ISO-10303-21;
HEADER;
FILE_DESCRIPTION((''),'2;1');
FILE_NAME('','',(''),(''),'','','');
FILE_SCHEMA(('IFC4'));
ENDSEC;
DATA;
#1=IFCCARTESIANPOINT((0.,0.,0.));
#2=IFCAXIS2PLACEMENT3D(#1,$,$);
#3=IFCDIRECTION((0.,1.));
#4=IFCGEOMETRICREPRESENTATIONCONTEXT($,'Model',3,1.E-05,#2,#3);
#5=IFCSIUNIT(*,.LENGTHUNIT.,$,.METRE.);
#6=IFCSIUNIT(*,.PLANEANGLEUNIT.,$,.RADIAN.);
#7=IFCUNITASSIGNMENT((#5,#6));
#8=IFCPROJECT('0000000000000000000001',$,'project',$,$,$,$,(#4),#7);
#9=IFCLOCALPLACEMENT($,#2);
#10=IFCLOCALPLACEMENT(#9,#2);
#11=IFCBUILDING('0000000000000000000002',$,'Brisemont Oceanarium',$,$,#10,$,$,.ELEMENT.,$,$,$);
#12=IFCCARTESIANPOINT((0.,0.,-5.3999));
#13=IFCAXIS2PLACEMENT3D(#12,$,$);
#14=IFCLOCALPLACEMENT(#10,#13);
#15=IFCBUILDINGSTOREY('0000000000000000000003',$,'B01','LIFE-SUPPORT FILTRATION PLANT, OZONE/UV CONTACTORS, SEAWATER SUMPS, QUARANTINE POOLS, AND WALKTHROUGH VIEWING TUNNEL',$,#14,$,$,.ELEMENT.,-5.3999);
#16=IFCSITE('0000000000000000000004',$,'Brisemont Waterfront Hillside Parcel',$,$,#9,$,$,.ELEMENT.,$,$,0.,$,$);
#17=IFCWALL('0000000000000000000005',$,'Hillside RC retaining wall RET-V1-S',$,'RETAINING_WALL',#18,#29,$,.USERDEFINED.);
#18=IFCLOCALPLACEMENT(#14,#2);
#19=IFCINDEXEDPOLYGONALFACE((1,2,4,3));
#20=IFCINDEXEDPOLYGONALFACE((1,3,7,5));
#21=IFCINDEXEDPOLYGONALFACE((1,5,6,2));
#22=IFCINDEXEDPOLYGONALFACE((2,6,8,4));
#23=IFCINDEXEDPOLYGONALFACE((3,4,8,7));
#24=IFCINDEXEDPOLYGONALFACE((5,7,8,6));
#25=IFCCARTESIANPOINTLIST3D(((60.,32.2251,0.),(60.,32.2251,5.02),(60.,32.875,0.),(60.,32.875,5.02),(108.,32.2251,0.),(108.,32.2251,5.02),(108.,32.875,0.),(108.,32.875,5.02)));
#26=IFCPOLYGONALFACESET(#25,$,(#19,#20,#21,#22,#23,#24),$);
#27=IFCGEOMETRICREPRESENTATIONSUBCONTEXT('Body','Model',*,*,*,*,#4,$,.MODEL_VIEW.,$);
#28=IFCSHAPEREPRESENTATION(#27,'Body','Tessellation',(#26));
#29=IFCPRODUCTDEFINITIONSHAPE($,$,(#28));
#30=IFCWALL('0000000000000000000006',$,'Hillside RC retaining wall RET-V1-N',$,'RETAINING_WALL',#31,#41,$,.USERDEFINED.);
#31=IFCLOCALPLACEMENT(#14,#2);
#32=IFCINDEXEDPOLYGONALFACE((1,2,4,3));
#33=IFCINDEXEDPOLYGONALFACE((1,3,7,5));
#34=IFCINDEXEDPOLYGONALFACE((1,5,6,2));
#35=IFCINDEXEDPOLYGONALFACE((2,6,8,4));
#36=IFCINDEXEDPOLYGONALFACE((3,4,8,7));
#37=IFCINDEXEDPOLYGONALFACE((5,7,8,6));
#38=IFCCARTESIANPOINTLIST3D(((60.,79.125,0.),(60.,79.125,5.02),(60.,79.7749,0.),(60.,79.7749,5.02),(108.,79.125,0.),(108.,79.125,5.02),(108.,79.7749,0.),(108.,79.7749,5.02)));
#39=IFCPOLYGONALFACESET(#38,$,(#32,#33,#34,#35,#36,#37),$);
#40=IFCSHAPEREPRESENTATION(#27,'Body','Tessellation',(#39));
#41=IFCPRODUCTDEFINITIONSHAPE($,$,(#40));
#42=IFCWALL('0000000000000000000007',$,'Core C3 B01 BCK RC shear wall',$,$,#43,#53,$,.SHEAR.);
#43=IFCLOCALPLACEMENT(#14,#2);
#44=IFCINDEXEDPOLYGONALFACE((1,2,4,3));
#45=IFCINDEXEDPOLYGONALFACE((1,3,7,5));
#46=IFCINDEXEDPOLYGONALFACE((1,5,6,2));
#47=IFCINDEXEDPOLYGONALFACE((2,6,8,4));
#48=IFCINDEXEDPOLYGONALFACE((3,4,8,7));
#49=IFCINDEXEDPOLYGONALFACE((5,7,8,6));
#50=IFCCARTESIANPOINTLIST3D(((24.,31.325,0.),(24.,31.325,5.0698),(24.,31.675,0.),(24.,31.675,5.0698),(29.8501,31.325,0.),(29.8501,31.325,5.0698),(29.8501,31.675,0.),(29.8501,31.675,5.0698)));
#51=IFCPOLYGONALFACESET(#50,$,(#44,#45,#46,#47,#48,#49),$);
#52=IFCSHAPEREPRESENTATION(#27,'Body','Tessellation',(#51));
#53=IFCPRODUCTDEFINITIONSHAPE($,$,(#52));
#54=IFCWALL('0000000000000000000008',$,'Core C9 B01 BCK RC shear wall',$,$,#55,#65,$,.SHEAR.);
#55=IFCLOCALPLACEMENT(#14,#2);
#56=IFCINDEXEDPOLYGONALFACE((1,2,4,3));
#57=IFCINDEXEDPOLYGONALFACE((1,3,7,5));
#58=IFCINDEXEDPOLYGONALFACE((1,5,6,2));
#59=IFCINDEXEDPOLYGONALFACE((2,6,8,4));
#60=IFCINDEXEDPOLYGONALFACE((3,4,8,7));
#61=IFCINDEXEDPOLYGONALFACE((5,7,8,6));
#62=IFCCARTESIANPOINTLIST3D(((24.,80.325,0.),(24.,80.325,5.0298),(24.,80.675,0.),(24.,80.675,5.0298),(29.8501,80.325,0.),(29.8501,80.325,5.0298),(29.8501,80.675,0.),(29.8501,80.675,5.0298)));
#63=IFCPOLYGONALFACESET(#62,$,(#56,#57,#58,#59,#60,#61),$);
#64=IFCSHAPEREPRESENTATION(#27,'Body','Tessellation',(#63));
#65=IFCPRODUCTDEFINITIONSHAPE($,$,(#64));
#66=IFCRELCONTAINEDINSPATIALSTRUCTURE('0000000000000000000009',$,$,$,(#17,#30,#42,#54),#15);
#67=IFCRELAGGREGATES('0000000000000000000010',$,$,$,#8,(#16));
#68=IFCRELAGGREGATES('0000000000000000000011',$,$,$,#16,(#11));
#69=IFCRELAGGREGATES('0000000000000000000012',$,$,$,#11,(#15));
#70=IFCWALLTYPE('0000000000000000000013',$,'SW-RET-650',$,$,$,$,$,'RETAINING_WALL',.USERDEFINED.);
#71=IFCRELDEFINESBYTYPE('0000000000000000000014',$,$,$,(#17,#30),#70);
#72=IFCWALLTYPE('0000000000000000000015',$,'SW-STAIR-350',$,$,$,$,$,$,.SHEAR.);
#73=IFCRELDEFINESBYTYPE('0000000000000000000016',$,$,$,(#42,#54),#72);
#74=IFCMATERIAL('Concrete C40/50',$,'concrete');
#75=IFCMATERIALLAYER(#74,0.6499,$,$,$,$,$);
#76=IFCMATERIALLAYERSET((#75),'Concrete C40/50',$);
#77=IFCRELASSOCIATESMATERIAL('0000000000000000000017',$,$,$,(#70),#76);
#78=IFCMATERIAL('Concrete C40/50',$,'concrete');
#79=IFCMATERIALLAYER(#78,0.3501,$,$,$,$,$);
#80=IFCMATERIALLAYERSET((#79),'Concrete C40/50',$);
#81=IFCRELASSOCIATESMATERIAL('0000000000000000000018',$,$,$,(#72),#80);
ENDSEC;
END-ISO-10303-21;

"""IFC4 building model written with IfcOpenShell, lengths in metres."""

from ifc_helpers import new_model, si_unit, direction, frame, frame_2d, origin, place, context, subcontext, project, spatial, rectangle, extrude, material, layer, layer_set, type_object, element, save


model = new_model("IFC4")

# Units and contexts
model_context = context("Model", 3, precision=1e-05, world=origin(), true_north=direction((0.0, 1.0)))
body_context = subcontext(model_context, "Body", "Model", "MODEL_VIEW")
ifc_project = project(units=[si_unit("LENGTHUNIT", "METRE"), si_unit("PLANEANGLEUNIT", "RADIAN")], contexts=[model_context])

# Site, building, storey
site_placement = place(None, origin())
site = spatial("IfcSite", under=ifc_project, at=site_placement, Name="Brisemont Waterfront Hillside Parcel", CompositionType="ELEMENT", RefElevation=0.0)
building_placement = place(site_placement, origin())
building = spatial("IfcBuilding", under=site, at=building_placement, Name="Brisemont Oceanarium", CompositionType="ELEMENT")
storey_placement = place(building_placement, frame((0.0, 0.0, -5.3999)))
storey = spatial("IfcBuildingStorey", under=building, at=storey_placement, Name="B01", Description="LIFE-SUPPORT FILTRATION PLANT, OZONE/UV CONTACTORS, SEAWATER SUMPS, QUARANTINE POOLS, AND WALKTHROUGH VIEWING TUNNEL", CompositionType="ELEMENT", Elevation=-5.3999)

# Walls
ifc_material_1 = material(Name="Concrete C40/50", Category="concrete")
ifc_layer_1 = layer(ifc_material_1, 0.6499)
ifc_layer_set_1 = layer_set([ifc_layer_1], Name="Concrete C40/50")
wall_type_1 = type_object("IfcWallType", Name="SW-RET-650", ElementType="RETAINING_WALL", PredefinedType="USERDEFINED", material=ifc_layer_set_1)
for number, where, z_axis, x_axis, name in (
    (1, (60.0, 32.55, 0.0), (0.0, 0.0, 1.0), (1.0, 0.0, 0.0), "Hillside RC retaining wall RET-V1-S"),
    (2, (60.0, 79.45, 0.0), (0.0, 0.0, 1.0), (1.0, 0.0, 0.0), "Hillside RC retaining wall RET-V1-N"),
):
    element("IfcWall", number, at=place(storey_placement, frame(where, z_axis=z_axis, x_axis=x_axis)), inside=storey, type_object=wall_type_1, Name=name, ObjectType="RETAINING_WALL", PredefinedType="USERDEFINED", context=body_context, shape_type="SweptSolid", body=[
        extrude(rectangle(XDim=48.0, YDim=0.6499, at=frame_2d((24.0, 0.0))), origin(), (0.0, 0.0, 1.0), 5.02),
    ])
ifc_material_2 = material(Name="Concrete C40/50", Category="concrete")
ifc_layer_2 = layer(ifc_material_2, 0.3501)
ifc_layer_set_2 = layer_set([ifc_layer_2], Name="Concrete C40/50")
wall_type_2 = type_object("IfcWallType", Name="SW-STAIR-350", PredefinedType="SHEAR", material=ifc_layer_set_2)
wall_1_placement = place(storey_placement, frame((24.0, 31.5, 0.0), z_axis=(0.0, 0.0, 1.0), x_axis=(1.0, 0.0, 0.0)))
element("IfcWall", 3, at=wall_1_placement, inside=storey, type_object=wall_type_2, Name="Core C3 B01 BCK RC shear wall", PredefinedType="SHEAR", context=body_context, shape_type="SweptSolid", body=[
    extrude(rectangle(XDim=5.8501, YDim=0.3501, at=frame_2d((2.925, 0.0))), origin(), (0.0, 0.0, 1.0), 5.0698),
])
wall_2_placement = place(storey_placement, frame((24.0, 80.5, 0.0), z_axis=(0.0, 0.0, 1.0), x_axis=(1.0, 0.0, 0.0)))
element("IfcWall", 4, at=wall_2_placement, inside=storey, type_object=wall_type_2, Name="Core C9 B01 BCK RC shear wall", PredefinedType="SHEAR", context=body_context, shape_type="SweptSolid", body=[
    extrude(rectangle(XDim=5.8501, YDim=0.3501, at=frame_2d((2.925, 0.0))), origin(), (0.0, 0.0, 1.0), 5.0298),
])

save(model, "model.ifc")
